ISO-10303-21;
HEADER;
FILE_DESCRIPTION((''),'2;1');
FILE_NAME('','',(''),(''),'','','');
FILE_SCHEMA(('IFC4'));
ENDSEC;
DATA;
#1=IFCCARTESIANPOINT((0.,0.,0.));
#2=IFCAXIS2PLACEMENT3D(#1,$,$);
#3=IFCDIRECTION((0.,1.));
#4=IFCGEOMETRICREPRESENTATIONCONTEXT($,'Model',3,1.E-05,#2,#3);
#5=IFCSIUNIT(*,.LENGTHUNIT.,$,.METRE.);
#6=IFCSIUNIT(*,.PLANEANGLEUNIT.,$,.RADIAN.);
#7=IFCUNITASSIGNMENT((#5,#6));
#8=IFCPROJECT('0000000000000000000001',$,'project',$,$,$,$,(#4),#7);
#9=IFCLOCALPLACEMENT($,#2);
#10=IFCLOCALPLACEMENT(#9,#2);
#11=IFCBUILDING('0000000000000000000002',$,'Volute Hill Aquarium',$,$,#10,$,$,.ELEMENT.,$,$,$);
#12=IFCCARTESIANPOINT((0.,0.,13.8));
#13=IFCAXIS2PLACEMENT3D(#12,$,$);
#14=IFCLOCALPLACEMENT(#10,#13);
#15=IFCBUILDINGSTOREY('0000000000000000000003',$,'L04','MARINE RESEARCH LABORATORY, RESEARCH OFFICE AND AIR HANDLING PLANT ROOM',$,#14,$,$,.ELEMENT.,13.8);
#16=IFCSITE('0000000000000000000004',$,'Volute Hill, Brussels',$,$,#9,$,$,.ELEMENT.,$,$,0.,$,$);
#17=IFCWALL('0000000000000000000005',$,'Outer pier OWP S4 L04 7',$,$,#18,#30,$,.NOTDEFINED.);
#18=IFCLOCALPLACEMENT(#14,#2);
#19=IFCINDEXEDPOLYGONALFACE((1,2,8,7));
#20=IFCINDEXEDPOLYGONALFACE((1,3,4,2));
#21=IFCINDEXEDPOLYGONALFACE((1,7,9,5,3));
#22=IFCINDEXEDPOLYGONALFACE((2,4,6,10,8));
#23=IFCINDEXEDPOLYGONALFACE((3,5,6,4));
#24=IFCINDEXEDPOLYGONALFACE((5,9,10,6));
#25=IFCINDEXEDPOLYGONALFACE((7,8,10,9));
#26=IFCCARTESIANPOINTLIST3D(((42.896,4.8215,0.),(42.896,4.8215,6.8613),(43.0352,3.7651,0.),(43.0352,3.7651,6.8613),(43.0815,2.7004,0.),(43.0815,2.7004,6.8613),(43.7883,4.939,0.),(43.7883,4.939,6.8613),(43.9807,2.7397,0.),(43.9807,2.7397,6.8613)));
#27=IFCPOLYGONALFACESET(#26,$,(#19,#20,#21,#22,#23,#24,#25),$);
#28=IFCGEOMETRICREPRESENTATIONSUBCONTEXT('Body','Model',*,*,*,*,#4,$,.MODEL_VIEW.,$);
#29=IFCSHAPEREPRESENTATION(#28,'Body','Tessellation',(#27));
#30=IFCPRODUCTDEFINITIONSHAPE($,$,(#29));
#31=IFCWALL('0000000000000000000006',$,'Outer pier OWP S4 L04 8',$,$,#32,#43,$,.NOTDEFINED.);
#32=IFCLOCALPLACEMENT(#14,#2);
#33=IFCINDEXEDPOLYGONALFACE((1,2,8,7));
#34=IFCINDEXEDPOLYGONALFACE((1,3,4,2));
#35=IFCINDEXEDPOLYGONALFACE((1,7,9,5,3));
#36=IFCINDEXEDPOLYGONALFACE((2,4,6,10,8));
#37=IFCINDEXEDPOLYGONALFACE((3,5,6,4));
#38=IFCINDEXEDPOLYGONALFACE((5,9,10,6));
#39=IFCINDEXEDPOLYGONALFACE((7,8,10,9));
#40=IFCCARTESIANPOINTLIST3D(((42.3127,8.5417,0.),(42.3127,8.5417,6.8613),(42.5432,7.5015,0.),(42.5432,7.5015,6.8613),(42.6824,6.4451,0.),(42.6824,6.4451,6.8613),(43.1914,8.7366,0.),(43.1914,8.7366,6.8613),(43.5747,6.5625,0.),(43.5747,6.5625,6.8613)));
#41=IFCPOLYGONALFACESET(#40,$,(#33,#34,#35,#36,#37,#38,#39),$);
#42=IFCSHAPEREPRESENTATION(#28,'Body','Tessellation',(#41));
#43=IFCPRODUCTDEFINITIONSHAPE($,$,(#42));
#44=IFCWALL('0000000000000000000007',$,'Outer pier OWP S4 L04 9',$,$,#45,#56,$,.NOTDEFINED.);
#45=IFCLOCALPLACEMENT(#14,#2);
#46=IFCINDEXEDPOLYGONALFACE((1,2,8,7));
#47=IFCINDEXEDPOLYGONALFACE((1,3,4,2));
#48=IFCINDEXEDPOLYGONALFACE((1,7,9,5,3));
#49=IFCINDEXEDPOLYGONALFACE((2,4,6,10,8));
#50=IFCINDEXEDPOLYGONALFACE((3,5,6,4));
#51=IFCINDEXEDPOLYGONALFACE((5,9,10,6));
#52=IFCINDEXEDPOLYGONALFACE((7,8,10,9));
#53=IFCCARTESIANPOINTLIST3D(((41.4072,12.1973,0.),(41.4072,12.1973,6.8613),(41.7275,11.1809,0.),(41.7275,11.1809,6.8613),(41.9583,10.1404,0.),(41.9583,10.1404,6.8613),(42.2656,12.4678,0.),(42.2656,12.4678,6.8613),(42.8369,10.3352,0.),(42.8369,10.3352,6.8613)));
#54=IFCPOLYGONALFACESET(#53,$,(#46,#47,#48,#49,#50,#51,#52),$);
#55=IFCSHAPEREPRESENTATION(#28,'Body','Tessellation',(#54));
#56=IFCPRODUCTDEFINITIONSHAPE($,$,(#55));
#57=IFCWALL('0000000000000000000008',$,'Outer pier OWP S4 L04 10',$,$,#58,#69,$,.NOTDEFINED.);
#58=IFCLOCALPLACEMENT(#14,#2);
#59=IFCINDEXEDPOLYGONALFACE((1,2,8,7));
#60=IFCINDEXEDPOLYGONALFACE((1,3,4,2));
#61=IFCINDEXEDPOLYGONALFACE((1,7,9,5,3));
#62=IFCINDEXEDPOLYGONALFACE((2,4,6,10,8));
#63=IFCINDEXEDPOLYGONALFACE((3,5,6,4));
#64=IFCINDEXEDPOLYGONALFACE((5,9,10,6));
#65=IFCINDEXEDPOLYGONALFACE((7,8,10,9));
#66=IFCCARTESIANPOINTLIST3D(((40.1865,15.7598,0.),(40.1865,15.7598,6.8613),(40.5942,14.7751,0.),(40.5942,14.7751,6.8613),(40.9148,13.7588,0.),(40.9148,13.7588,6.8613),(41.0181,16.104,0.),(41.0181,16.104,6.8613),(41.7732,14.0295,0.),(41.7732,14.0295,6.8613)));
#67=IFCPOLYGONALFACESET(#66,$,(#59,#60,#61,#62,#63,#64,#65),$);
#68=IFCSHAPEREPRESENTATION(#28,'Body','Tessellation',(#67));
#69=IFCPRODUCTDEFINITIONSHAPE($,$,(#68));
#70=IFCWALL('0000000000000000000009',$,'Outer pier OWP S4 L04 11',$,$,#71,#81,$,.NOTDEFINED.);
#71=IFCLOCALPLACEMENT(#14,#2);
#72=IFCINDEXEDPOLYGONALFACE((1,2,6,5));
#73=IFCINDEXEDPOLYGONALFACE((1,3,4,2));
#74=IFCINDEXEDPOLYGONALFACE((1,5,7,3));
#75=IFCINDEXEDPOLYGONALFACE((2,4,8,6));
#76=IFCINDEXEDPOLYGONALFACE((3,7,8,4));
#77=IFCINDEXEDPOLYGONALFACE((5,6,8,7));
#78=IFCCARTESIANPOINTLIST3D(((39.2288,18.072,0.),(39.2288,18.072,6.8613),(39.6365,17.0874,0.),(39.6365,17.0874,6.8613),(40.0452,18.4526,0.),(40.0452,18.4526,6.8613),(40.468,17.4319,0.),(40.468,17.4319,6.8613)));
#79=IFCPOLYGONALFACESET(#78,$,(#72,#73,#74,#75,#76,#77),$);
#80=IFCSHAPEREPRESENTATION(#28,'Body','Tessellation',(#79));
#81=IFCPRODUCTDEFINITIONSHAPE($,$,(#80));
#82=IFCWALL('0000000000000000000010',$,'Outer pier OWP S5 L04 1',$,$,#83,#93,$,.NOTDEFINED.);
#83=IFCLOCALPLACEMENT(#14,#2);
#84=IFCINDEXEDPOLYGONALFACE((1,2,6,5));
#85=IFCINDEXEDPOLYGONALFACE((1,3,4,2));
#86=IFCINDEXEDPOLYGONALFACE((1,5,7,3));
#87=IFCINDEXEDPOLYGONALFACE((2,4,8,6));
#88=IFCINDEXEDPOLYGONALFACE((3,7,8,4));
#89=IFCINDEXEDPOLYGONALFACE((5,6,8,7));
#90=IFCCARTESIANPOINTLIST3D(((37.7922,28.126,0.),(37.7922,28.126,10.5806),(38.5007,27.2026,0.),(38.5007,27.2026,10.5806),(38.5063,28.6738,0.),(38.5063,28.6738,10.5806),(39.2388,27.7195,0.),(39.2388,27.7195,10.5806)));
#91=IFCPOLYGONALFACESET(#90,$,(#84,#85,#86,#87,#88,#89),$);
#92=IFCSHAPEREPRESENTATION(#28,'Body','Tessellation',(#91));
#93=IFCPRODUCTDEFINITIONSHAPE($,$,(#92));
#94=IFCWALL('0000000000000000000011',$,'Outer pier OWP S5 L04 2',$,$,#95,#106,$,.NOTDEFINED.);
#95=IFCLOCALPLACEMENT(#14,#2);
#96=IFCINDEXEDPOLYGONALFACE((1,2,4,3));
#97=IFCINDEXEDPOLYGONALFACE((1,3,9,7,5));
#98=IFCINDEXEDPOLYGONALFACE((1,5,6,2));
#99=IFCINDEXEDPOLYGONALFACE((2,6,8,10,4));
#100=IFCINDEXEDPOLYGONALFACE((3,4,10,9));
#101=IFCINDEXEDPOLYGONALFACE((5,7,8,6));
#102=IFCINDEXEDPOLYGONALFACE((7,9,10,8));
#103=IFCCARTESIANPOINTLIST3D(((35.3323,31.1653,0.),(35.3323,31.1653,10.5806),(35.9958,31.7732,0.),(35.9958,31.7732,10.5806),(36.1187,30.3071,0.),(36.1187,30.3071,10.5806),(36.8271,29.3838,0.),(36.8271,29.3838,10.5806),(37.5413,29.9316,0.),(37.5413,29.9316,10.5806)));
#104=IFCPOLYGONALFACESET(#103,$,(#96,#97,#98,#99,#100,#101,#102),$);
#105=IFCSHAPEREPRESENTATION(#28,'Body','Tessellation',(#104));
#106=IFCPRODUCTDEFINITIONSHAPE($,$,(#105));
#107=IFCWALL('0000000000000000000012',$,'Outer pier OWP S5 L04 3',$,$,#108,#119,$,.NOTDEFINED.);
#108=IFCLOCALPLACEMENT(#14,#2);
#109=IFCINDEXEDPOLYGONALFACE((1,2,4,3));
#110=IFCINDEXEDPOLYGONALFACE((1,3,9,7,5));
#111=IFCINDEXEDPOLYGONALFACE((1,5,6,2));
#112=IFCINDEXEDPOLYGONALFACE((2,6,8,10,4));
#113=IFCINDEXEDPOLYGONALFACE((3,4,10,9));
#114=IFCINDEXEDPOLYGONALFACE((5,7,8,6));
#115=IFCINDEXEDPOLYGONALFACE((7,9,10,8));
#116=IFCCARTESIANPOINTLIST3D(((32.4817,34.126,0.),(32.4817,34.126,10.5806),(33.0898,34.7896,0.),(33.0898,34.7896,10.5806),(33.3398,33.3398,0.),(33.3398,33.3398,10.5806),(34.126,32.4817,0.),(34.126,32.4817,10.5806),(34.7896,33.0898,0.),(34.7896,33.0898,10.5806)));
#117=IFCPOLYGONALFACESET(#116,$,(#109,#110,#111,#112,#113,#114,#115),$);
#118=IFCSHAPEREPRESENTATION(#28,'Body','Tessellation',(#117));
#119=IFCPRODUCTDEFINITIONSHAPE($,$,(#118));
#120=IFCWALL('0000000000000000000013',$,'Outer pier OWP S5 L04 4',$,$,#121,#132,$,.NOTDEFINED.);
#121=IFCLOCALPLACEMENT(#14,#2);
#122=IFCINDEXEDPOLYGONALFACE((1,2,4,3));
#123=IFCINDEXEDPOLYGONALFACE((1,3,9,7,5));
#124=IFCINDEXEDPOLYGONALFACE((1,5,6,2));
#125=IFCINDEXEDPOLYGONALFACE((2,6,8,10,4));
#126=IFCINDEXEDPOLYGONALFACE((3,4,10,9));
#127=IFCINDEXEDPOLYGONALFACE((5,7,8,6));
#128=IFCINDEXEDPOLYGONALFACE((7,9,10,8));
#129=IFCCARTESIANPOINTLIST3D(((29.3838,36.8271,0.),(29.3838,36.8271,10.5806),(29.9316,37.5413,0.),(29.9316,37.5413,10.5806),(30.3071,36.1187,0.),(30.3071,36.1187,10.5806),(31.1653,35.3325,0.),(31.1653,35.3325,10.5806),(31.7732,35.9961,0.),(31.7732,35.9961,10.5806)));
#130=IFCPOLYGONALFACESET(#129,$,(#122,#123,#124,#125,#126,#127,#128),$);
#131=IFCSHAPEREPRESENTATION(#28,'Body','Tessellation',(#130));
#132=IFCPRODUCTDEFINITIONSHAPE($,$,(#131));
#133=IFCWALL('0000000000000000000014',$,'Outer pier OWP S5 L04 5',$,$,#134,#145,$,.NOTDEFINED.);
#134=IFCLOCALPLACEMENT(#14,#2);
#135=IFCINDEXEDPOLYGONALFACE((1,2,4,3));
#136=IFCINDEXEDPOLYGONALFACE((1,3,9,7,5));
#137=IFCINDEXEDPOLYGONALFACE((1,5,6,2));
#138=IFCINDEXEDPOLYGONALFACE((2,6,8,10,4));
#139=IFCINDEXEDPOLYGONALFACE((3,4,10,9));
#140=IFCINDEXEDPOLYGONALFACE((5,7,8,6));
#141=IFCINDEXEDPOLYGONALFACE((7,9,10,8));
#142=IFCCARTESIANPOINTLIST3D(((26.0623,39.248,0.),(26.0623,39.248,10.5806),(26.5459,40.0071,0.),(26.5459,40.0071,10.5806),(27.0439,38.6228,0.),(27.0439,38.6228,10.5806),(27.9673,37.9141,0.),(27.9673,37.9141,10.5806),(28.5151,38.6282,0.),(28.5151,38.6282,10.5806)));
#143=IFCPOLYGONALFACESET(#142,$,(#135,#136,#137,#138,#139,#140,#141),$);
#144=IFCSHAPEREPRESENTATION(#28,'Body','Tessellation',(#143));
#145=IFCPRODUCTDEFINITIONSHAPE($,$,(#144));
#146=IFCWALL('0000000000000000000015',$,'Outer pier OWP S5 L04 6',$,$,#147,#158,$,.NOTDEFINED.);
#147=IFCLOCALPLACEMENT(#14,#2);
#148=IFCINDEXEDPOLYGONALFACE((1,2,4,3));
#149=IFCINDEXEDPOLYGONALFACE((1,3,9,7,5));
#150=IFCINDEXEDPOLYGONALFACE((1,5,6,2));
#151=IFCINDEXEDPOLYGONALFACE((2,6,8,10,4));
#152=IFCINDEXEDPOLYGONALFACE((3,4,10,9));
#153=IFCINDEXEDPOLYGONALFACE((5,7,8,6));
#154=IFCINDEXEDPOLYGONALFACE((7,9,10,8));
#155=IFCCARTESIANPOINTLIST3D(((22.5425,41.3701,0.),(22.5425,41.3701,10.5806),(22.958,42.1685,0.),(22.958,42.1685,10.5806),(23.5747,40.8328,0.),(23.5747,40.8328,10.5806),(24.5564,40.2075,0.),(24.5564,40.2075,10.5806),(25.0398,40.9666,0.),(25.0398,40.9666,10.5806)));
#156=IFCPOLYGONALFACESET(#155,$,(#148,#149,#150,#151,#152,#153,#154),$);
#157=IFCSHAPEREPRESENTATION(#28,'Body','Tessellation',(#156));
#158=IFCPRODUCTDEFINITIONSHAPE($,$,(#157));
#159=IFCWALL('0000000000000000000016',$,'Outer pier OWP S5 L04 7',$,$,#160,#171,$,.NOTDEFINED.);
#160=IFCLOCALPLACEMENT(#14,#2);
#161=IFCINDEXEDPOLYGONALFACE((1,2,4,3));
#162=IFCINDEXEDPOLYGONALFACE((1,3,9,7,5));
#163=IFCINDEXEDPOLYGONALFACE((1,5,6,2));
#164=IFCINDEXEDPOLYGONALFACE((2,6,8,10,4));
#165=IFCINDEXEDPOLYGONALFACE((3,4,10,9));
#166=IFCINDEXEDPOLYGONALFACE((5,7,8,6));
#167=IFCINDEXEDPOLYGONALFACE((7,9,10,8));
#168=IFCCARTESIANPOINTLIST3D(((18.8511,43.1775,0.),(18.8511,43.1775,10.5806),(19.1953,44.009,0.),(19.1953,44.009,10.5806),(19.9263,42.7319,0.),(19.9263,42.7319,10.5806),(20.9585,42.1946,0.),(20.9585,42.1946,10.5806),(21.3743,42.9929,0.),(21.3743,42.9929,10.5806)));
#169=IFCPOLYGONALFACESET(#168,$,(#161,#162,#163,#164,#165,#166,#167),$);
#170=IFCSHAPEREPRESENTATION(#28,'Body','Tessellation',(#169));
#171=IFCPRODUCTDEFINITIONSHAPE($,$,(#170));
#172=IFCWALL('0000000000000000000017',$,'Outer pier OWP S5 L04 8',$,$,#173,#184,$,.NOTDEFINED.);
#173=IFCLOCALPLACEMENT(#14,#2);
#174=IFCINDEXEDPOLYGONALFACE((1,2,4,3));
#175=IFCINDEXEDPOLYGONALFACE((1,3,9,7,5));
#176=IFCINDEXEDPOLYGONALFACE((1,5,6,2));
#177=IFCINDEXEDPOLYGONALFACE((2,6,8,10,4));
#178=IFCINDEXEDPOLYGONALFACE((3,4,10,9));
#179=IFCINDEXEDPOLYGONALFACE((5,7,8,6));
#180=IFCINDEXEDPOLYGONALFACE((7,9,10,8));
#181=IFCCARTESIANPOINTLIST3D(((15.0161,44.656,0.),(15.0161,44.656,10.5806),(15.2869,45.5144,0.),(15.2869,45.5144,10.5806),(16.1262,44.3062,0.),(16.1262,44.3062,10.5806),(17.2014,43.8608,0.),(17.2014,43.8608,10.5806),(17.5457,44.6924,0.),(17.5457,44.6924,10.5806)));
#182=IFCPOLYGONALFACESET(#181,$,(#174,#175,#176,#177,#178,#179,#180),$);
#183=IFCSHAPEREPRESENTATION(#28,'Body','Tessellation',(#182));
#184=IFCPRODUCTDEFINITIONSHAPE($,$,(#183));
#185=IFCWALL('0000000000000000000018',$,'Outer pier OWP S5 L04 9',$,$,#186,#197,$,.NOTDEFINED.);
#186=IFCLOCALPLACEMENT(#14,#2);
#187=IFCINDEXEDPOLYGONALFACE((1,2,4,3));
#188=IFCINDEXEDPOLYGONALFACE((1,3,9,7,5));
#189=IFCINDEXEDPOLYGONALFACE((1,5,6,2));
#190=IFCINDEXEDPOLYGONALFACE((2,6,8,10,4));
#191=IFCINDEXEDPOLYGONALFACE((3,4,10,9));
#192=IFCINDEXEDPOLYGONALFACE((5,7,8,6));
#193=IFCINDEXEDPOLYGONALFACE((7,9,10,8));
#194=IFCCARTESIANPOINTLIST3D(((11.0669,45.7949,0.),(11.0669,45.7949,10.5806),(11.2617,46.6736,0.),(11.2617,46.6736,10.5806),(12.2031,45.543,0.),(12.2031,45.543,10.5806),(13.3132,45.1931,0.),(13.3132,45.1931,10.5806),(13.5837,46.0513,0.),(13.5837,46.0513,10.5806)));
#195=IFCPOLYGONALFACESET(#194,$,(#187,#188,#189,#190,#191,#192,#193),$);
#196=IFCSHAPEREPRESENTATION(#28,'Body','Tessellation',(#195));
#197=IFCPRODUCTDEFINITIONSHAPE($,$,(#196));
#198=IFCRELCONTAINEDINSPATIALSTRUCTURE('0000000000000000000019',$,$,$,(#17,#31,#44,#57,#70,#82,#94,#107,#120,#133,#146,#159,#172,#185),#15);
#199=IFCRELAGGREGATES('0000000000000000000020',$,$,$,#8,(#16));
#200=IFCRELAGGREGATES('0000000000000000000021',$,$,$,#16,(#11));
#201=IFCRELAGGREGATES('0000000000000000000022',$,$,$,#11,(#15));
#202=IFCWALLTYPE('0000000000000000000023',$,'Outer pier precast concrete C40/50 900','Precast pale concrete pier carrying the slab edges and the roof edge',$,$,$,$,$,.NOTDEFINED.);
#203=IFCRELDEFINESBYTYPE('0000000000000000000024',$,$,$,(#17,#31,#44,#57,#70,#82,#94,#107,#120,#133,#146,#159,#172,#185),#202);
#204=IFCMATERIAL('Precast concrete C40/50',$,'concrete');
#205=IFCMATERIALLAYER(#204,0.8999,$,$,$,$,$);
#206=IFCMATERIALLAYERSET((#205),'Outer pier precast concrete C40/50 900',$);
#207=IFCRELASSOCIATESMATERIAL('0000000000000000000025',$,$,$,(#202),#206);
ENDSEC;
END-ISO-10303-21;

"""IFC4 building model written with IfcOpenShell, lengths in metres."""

from ifc_helpers import new_model, si_unit, direction, frame, origin, place, context, subcontext, project, spatial, polyline, outline, extrude, material, layer, layer_set, type_object, element, save


model = new_model("IFC4")

# Units and contexts
model_context = context("Model", 3, precision=1e-05, world=origin(), true_north=direction((0.0, 1.0)))
body_context = subcontext(model_context, "Body", "Model", "MODEL_VIEW")
ifc_project = project(units=[si_unit("LENGTHUNIT", "METRE"), si_unit("PLANEANGLEUNIT", "RADIAN")], contexts=[model_context])

# Site, building, storey
site_placement = place(None, origin())
site = spatial("IfcSite", under=ifc_project, at=site_placement, Name="Volute Hill, Brussels", CompositionType="ELEMENT", RefElevation=0.0)
building_placement = place(site_placement, origin())
building = spatial("IfcBuilding", under=site, at=building_placement, Name="Volute Hill Aquarium", CompositionType="ELEMENT")
storey_placement = place(building_placement, frame((0.0, 0.0, 13.8)))
storey = spatial("IfcBuildingStorey", under=building, at=storey_placement, Name="L04", Description="MARINE RESEARCH LABORATORY, RESEARCH OFFICE AND AIR HANDLING PLANT ROOM", CompositionType="ELEMENT", Elevation=13.8)

# Walls
ifc_material = material(Name="Precast concrete C40/50", Category="concrete")
ifc_layer = layer(ifc_material, 0.8999)
ifc_layer_set = layer_set([ifc_layer], Name="Outer pier precast concrete C40/50 900")
wall_type = type_object("IfcWallType", Name="Outer pier precast concrete C40/50 900", Description="Precast pale concrete pier carrying the slab edges and the roof edge", PredefinedType="NOTDEFINED", material=ifc_layer_set)
wall_1_placement = place(storey_placement, origin())
element("IfcWall", 1, at=wall_1_placement, inside=storey, type_object=wall_type, Name="Outer pier OWP S4 L04 7", PredefinedType="NOTDEFINED", context=body_context, shape_type="SweptSolid", body=[
    extrude(outline(polyline([(43.0815, 2.7004), (43.9807, 2.7397), (43.7883, 4.939), (42.896, 4.8215), (43.0352, 3.7651), (43.0815, 2.7004)])), origin(), (0.0, 0.0, 1.0), 6.8613),
])
wall_2_placement = place(storey_placement, origin())
element("IfcWall", 2, at=wall_2_placement, inside=storey, type_object=wall_type, Name="Outer pier OWP S4 L04 8", PredefinedType="NOTDEFINED", context=body_context, shape_type="SweptSolid", body=[
    extrude(outline(polyline([(42.6824, 6.4451), (43.5747, 6.5625), (43.1914, 8.7366), (42.3127, 8.5417), (42.5432, 7.5015), (42.6824, 6.4451)])), origin(), (0.0, 0.0, 1.0), 6.8613),
])
wall_3_placement = place(storey_placement, origin())
element("IfcWall", 3, at=wall_3_placement, inside=storey, type_object=wall_type, Name="Outer pier OWP S4 L04 9", PredefinedType="NOTDEFINED", context=body_context, shape_type="SweptSolid", body=[
    extrude(outline(polyline([(41.9583, 10.1404), (42.8369, 10.3352), (42.2656, 12.4678), (41.4072, 12.1973), (41.7275, 11.1809), (41.9583, 10.1404)])), origin(), (0.0, 0.0, 1.0), 6.8613),
])
wall_4_placement = place(storey_placement, origin())
element("IfcWall", 4, at=wall_4_placement, inside=storey, type_object=wall_type, Name="Outer pier OWP S4 L04 10", PredefinedType="NOTDEFINED", context=body_context, shape_type="SweptSolid", body=[
    extrude(outline(polyline([(40.9148, 13.7588), (41.7732, 14.0295), (41.0181, 16.104), (40.1865, 15.7598), (40.5942, 14.7751), (40.9148, 13.7588)])), origin(), (0.0, 0.0, 1.0), 6.8613),
])
wall_5_placement = place(storey_placement, origin())
element("IfcWall", 5, at=wall_5_placement, inside=storey, type_object=wall_type, Name="Outer pier OWP S4 L04 11", PredefinedType="NOTDEFINED", context=body_context, shape_type="SweptSolid", body=[
    extrude(outline(polyline([(39.6365, 17.0874), (40.468, 17.4319), (40.0452, 18.4526), (39.2288, 18.072), (39.6365, 17.0874)])), origin(), (0.0, 0.0, 1.0), 6.8613),
])
wall_6_placement = place(storey_placement, origin())
element("IfcWall", 6, at=wall_6_placement, inside=storey, type_object=wall_type, Name="Outer pier OWP S5 L04 1", PredefinedType="NOTDEFINED", context=body_context, shape_type="SweptSolid", body=[
    extrude(outline(polyline([(38.5007, 27.2026), (39.2388, 27.7195), (38.5063, 28.6738), (37.7922, 28.126), (38.5007, 27.2026)])), origin(), (0.0, 0.0, 1.0), 10.5806),
])
wall_7_placement = place(storey_placement, origin())
element("IfcWall", 7, at=wall_7_placement, inside=storey, type_object=wall_type, Name="Outer pier OWP S5 L04 2", PredefinedType="NOTDEFINED", context=body_context, shape_type="SweptSolid", body=[
    extrude(outline(polyline([(36.8271, 29.3838), (37.5413, 29.9316), (35.9958, 31.7732), (35.3323, 31.1653), (36.1187, 30.3071), (36.8271, 29.3838)])), origin(), (0.0, 0.0, 1.0), 10.5806),
])
wall_8_placement = place(storey_placement, origin())
element("IfcWall", 8, at=wall_8_placement, inside=storey, type_object=wall_type, Name="Outer pier OWP S5 L04 3", PredefinedType="NOTDEFINED", context=body_context, shape_type="SweptSolid", body=[
    extrude(outline(polyline([(34.126, 32.4817), (34.7896, 33.0898), (33.0898, 34.7896), (32.4817, 34.126), (33.3398, 33.3398), (34.126, 32.4817)])), origin(), (0.0, 0.0, 1.0), 10.5806),
])
wall_9_placement = place(storey_placement, origin())
element("IfcWall", 9, at=wall_9_placement, inside=storey, type_object=wall_type, Name="Outer pier OWP S5 L04 4", PredefinedType="NOTDEFINED", context=body_context, shape_type="SweptSolid", body=[
    extrude(outline(polyline([(31.1653, 35.3325), (31.7732, 35.9961), (29.9316, 37.5413), (29.3838, 36.8271), (30.3071, 36.1187), (31.1653, 35.3325)])), origin(), (0.0, 0.0, 1.0), 10.5806),
])
wall_10_placement = place(storey_placement, origin())
element("IfcWall", 10, at=wall_10_placement, inside=storey, type_object=wall_type, Name="Outer pier OWP S5 L04 5", PredefinedType="NOTDEFINED", context=body_context, shape_type="SweptSolid", body=[
    extrude(outline(polyline([(27.9673, 37.9141), (28.5151, 38.6282), (26.5459, 40.0071), (26.0623, 39.248), (27.0439, 38.6228), (27.9673, 37.9141)])), origin(), (0.0, 0.0, 1.0), 10.5806),
])
wall_11_placement = place(storey_placement, origin())
element("IfcWall", 11, at=wall_11_placement, inside=storey, type_object=wall_type, Name="Outer pier OWP S5 L04 6", PredefinedType="NOTDEFINED", context=body_context, shape_type="SweptSolid", body=[
    extrude(outline(polyline([(24.5564, 40.2075), (25.0398, 40.9666), (22.958, 42.1685), (22.5425, 41.3701), (23.5747, 40.8328), (24.5564, 40.2075)])), origin(), (0.0, 0.0, 1.0), 10.5806),
])
wall_12_placement = place(storey_placement, origin())
element("IfcWall", 12, at=wall_12_placement, inside=storey, type_object=wall_type, Name="Outer pier OWP S5 L04 7", PredefinedType="NOTDEFINED", context=body_context, shape_type="SweptSolid", body=[
    extrude(outline(polyline([(20.9585, 42.1946), (21.3743, 42.9929), (19.1953, 44.009), (18.8511, 43.1775), (19.9263, 42.7319), (20.9585, 42.1946)])), origin(), (0.0, 0.0, 1.0), 10.5806),
])
wall_13_placement = place(storey_placement, origin())
element("IfcWall", 13, at=wall_13_placement, inside=storey, type_object=wall_type, Name="Outer pier OWP S5 L04 8", PredefinedType="NOTDEFINED", context=body_context, shape_type="SweptSolid", body=[
    extrude(outline(polyline([(17.2014, 43.8608), (17.5457, 44.6924), (15.2869, 45.5144), (15.0161, 44.656), (16.1262, 44.3062), (17.2014, 43.8608)])), origin(), (0.0, 0.0, 1.0), 10.5806),
])
wall_14_placement = place(storey_placement, origin())
element("IfcWall", 14, at=wall_14_placement, inside=storey, type_object=wall_type, Name="Outer pier OWP S5 L04 9", PredefinedType="NOTDEFINED", context=body_context, shape_type="SweptSolid", body=[
    extrude(outline(polyline([(13.3132, 45.1931), (13.5837, 46.0513), (11.2617, 46.6736), (11.0669, 45.7949), (12.2031, 45.543), (13.3132, 45.1931)])), origin(), (0.0, 0.0, 1.0), 10.5806),
])

save(model, "model.ifc")
